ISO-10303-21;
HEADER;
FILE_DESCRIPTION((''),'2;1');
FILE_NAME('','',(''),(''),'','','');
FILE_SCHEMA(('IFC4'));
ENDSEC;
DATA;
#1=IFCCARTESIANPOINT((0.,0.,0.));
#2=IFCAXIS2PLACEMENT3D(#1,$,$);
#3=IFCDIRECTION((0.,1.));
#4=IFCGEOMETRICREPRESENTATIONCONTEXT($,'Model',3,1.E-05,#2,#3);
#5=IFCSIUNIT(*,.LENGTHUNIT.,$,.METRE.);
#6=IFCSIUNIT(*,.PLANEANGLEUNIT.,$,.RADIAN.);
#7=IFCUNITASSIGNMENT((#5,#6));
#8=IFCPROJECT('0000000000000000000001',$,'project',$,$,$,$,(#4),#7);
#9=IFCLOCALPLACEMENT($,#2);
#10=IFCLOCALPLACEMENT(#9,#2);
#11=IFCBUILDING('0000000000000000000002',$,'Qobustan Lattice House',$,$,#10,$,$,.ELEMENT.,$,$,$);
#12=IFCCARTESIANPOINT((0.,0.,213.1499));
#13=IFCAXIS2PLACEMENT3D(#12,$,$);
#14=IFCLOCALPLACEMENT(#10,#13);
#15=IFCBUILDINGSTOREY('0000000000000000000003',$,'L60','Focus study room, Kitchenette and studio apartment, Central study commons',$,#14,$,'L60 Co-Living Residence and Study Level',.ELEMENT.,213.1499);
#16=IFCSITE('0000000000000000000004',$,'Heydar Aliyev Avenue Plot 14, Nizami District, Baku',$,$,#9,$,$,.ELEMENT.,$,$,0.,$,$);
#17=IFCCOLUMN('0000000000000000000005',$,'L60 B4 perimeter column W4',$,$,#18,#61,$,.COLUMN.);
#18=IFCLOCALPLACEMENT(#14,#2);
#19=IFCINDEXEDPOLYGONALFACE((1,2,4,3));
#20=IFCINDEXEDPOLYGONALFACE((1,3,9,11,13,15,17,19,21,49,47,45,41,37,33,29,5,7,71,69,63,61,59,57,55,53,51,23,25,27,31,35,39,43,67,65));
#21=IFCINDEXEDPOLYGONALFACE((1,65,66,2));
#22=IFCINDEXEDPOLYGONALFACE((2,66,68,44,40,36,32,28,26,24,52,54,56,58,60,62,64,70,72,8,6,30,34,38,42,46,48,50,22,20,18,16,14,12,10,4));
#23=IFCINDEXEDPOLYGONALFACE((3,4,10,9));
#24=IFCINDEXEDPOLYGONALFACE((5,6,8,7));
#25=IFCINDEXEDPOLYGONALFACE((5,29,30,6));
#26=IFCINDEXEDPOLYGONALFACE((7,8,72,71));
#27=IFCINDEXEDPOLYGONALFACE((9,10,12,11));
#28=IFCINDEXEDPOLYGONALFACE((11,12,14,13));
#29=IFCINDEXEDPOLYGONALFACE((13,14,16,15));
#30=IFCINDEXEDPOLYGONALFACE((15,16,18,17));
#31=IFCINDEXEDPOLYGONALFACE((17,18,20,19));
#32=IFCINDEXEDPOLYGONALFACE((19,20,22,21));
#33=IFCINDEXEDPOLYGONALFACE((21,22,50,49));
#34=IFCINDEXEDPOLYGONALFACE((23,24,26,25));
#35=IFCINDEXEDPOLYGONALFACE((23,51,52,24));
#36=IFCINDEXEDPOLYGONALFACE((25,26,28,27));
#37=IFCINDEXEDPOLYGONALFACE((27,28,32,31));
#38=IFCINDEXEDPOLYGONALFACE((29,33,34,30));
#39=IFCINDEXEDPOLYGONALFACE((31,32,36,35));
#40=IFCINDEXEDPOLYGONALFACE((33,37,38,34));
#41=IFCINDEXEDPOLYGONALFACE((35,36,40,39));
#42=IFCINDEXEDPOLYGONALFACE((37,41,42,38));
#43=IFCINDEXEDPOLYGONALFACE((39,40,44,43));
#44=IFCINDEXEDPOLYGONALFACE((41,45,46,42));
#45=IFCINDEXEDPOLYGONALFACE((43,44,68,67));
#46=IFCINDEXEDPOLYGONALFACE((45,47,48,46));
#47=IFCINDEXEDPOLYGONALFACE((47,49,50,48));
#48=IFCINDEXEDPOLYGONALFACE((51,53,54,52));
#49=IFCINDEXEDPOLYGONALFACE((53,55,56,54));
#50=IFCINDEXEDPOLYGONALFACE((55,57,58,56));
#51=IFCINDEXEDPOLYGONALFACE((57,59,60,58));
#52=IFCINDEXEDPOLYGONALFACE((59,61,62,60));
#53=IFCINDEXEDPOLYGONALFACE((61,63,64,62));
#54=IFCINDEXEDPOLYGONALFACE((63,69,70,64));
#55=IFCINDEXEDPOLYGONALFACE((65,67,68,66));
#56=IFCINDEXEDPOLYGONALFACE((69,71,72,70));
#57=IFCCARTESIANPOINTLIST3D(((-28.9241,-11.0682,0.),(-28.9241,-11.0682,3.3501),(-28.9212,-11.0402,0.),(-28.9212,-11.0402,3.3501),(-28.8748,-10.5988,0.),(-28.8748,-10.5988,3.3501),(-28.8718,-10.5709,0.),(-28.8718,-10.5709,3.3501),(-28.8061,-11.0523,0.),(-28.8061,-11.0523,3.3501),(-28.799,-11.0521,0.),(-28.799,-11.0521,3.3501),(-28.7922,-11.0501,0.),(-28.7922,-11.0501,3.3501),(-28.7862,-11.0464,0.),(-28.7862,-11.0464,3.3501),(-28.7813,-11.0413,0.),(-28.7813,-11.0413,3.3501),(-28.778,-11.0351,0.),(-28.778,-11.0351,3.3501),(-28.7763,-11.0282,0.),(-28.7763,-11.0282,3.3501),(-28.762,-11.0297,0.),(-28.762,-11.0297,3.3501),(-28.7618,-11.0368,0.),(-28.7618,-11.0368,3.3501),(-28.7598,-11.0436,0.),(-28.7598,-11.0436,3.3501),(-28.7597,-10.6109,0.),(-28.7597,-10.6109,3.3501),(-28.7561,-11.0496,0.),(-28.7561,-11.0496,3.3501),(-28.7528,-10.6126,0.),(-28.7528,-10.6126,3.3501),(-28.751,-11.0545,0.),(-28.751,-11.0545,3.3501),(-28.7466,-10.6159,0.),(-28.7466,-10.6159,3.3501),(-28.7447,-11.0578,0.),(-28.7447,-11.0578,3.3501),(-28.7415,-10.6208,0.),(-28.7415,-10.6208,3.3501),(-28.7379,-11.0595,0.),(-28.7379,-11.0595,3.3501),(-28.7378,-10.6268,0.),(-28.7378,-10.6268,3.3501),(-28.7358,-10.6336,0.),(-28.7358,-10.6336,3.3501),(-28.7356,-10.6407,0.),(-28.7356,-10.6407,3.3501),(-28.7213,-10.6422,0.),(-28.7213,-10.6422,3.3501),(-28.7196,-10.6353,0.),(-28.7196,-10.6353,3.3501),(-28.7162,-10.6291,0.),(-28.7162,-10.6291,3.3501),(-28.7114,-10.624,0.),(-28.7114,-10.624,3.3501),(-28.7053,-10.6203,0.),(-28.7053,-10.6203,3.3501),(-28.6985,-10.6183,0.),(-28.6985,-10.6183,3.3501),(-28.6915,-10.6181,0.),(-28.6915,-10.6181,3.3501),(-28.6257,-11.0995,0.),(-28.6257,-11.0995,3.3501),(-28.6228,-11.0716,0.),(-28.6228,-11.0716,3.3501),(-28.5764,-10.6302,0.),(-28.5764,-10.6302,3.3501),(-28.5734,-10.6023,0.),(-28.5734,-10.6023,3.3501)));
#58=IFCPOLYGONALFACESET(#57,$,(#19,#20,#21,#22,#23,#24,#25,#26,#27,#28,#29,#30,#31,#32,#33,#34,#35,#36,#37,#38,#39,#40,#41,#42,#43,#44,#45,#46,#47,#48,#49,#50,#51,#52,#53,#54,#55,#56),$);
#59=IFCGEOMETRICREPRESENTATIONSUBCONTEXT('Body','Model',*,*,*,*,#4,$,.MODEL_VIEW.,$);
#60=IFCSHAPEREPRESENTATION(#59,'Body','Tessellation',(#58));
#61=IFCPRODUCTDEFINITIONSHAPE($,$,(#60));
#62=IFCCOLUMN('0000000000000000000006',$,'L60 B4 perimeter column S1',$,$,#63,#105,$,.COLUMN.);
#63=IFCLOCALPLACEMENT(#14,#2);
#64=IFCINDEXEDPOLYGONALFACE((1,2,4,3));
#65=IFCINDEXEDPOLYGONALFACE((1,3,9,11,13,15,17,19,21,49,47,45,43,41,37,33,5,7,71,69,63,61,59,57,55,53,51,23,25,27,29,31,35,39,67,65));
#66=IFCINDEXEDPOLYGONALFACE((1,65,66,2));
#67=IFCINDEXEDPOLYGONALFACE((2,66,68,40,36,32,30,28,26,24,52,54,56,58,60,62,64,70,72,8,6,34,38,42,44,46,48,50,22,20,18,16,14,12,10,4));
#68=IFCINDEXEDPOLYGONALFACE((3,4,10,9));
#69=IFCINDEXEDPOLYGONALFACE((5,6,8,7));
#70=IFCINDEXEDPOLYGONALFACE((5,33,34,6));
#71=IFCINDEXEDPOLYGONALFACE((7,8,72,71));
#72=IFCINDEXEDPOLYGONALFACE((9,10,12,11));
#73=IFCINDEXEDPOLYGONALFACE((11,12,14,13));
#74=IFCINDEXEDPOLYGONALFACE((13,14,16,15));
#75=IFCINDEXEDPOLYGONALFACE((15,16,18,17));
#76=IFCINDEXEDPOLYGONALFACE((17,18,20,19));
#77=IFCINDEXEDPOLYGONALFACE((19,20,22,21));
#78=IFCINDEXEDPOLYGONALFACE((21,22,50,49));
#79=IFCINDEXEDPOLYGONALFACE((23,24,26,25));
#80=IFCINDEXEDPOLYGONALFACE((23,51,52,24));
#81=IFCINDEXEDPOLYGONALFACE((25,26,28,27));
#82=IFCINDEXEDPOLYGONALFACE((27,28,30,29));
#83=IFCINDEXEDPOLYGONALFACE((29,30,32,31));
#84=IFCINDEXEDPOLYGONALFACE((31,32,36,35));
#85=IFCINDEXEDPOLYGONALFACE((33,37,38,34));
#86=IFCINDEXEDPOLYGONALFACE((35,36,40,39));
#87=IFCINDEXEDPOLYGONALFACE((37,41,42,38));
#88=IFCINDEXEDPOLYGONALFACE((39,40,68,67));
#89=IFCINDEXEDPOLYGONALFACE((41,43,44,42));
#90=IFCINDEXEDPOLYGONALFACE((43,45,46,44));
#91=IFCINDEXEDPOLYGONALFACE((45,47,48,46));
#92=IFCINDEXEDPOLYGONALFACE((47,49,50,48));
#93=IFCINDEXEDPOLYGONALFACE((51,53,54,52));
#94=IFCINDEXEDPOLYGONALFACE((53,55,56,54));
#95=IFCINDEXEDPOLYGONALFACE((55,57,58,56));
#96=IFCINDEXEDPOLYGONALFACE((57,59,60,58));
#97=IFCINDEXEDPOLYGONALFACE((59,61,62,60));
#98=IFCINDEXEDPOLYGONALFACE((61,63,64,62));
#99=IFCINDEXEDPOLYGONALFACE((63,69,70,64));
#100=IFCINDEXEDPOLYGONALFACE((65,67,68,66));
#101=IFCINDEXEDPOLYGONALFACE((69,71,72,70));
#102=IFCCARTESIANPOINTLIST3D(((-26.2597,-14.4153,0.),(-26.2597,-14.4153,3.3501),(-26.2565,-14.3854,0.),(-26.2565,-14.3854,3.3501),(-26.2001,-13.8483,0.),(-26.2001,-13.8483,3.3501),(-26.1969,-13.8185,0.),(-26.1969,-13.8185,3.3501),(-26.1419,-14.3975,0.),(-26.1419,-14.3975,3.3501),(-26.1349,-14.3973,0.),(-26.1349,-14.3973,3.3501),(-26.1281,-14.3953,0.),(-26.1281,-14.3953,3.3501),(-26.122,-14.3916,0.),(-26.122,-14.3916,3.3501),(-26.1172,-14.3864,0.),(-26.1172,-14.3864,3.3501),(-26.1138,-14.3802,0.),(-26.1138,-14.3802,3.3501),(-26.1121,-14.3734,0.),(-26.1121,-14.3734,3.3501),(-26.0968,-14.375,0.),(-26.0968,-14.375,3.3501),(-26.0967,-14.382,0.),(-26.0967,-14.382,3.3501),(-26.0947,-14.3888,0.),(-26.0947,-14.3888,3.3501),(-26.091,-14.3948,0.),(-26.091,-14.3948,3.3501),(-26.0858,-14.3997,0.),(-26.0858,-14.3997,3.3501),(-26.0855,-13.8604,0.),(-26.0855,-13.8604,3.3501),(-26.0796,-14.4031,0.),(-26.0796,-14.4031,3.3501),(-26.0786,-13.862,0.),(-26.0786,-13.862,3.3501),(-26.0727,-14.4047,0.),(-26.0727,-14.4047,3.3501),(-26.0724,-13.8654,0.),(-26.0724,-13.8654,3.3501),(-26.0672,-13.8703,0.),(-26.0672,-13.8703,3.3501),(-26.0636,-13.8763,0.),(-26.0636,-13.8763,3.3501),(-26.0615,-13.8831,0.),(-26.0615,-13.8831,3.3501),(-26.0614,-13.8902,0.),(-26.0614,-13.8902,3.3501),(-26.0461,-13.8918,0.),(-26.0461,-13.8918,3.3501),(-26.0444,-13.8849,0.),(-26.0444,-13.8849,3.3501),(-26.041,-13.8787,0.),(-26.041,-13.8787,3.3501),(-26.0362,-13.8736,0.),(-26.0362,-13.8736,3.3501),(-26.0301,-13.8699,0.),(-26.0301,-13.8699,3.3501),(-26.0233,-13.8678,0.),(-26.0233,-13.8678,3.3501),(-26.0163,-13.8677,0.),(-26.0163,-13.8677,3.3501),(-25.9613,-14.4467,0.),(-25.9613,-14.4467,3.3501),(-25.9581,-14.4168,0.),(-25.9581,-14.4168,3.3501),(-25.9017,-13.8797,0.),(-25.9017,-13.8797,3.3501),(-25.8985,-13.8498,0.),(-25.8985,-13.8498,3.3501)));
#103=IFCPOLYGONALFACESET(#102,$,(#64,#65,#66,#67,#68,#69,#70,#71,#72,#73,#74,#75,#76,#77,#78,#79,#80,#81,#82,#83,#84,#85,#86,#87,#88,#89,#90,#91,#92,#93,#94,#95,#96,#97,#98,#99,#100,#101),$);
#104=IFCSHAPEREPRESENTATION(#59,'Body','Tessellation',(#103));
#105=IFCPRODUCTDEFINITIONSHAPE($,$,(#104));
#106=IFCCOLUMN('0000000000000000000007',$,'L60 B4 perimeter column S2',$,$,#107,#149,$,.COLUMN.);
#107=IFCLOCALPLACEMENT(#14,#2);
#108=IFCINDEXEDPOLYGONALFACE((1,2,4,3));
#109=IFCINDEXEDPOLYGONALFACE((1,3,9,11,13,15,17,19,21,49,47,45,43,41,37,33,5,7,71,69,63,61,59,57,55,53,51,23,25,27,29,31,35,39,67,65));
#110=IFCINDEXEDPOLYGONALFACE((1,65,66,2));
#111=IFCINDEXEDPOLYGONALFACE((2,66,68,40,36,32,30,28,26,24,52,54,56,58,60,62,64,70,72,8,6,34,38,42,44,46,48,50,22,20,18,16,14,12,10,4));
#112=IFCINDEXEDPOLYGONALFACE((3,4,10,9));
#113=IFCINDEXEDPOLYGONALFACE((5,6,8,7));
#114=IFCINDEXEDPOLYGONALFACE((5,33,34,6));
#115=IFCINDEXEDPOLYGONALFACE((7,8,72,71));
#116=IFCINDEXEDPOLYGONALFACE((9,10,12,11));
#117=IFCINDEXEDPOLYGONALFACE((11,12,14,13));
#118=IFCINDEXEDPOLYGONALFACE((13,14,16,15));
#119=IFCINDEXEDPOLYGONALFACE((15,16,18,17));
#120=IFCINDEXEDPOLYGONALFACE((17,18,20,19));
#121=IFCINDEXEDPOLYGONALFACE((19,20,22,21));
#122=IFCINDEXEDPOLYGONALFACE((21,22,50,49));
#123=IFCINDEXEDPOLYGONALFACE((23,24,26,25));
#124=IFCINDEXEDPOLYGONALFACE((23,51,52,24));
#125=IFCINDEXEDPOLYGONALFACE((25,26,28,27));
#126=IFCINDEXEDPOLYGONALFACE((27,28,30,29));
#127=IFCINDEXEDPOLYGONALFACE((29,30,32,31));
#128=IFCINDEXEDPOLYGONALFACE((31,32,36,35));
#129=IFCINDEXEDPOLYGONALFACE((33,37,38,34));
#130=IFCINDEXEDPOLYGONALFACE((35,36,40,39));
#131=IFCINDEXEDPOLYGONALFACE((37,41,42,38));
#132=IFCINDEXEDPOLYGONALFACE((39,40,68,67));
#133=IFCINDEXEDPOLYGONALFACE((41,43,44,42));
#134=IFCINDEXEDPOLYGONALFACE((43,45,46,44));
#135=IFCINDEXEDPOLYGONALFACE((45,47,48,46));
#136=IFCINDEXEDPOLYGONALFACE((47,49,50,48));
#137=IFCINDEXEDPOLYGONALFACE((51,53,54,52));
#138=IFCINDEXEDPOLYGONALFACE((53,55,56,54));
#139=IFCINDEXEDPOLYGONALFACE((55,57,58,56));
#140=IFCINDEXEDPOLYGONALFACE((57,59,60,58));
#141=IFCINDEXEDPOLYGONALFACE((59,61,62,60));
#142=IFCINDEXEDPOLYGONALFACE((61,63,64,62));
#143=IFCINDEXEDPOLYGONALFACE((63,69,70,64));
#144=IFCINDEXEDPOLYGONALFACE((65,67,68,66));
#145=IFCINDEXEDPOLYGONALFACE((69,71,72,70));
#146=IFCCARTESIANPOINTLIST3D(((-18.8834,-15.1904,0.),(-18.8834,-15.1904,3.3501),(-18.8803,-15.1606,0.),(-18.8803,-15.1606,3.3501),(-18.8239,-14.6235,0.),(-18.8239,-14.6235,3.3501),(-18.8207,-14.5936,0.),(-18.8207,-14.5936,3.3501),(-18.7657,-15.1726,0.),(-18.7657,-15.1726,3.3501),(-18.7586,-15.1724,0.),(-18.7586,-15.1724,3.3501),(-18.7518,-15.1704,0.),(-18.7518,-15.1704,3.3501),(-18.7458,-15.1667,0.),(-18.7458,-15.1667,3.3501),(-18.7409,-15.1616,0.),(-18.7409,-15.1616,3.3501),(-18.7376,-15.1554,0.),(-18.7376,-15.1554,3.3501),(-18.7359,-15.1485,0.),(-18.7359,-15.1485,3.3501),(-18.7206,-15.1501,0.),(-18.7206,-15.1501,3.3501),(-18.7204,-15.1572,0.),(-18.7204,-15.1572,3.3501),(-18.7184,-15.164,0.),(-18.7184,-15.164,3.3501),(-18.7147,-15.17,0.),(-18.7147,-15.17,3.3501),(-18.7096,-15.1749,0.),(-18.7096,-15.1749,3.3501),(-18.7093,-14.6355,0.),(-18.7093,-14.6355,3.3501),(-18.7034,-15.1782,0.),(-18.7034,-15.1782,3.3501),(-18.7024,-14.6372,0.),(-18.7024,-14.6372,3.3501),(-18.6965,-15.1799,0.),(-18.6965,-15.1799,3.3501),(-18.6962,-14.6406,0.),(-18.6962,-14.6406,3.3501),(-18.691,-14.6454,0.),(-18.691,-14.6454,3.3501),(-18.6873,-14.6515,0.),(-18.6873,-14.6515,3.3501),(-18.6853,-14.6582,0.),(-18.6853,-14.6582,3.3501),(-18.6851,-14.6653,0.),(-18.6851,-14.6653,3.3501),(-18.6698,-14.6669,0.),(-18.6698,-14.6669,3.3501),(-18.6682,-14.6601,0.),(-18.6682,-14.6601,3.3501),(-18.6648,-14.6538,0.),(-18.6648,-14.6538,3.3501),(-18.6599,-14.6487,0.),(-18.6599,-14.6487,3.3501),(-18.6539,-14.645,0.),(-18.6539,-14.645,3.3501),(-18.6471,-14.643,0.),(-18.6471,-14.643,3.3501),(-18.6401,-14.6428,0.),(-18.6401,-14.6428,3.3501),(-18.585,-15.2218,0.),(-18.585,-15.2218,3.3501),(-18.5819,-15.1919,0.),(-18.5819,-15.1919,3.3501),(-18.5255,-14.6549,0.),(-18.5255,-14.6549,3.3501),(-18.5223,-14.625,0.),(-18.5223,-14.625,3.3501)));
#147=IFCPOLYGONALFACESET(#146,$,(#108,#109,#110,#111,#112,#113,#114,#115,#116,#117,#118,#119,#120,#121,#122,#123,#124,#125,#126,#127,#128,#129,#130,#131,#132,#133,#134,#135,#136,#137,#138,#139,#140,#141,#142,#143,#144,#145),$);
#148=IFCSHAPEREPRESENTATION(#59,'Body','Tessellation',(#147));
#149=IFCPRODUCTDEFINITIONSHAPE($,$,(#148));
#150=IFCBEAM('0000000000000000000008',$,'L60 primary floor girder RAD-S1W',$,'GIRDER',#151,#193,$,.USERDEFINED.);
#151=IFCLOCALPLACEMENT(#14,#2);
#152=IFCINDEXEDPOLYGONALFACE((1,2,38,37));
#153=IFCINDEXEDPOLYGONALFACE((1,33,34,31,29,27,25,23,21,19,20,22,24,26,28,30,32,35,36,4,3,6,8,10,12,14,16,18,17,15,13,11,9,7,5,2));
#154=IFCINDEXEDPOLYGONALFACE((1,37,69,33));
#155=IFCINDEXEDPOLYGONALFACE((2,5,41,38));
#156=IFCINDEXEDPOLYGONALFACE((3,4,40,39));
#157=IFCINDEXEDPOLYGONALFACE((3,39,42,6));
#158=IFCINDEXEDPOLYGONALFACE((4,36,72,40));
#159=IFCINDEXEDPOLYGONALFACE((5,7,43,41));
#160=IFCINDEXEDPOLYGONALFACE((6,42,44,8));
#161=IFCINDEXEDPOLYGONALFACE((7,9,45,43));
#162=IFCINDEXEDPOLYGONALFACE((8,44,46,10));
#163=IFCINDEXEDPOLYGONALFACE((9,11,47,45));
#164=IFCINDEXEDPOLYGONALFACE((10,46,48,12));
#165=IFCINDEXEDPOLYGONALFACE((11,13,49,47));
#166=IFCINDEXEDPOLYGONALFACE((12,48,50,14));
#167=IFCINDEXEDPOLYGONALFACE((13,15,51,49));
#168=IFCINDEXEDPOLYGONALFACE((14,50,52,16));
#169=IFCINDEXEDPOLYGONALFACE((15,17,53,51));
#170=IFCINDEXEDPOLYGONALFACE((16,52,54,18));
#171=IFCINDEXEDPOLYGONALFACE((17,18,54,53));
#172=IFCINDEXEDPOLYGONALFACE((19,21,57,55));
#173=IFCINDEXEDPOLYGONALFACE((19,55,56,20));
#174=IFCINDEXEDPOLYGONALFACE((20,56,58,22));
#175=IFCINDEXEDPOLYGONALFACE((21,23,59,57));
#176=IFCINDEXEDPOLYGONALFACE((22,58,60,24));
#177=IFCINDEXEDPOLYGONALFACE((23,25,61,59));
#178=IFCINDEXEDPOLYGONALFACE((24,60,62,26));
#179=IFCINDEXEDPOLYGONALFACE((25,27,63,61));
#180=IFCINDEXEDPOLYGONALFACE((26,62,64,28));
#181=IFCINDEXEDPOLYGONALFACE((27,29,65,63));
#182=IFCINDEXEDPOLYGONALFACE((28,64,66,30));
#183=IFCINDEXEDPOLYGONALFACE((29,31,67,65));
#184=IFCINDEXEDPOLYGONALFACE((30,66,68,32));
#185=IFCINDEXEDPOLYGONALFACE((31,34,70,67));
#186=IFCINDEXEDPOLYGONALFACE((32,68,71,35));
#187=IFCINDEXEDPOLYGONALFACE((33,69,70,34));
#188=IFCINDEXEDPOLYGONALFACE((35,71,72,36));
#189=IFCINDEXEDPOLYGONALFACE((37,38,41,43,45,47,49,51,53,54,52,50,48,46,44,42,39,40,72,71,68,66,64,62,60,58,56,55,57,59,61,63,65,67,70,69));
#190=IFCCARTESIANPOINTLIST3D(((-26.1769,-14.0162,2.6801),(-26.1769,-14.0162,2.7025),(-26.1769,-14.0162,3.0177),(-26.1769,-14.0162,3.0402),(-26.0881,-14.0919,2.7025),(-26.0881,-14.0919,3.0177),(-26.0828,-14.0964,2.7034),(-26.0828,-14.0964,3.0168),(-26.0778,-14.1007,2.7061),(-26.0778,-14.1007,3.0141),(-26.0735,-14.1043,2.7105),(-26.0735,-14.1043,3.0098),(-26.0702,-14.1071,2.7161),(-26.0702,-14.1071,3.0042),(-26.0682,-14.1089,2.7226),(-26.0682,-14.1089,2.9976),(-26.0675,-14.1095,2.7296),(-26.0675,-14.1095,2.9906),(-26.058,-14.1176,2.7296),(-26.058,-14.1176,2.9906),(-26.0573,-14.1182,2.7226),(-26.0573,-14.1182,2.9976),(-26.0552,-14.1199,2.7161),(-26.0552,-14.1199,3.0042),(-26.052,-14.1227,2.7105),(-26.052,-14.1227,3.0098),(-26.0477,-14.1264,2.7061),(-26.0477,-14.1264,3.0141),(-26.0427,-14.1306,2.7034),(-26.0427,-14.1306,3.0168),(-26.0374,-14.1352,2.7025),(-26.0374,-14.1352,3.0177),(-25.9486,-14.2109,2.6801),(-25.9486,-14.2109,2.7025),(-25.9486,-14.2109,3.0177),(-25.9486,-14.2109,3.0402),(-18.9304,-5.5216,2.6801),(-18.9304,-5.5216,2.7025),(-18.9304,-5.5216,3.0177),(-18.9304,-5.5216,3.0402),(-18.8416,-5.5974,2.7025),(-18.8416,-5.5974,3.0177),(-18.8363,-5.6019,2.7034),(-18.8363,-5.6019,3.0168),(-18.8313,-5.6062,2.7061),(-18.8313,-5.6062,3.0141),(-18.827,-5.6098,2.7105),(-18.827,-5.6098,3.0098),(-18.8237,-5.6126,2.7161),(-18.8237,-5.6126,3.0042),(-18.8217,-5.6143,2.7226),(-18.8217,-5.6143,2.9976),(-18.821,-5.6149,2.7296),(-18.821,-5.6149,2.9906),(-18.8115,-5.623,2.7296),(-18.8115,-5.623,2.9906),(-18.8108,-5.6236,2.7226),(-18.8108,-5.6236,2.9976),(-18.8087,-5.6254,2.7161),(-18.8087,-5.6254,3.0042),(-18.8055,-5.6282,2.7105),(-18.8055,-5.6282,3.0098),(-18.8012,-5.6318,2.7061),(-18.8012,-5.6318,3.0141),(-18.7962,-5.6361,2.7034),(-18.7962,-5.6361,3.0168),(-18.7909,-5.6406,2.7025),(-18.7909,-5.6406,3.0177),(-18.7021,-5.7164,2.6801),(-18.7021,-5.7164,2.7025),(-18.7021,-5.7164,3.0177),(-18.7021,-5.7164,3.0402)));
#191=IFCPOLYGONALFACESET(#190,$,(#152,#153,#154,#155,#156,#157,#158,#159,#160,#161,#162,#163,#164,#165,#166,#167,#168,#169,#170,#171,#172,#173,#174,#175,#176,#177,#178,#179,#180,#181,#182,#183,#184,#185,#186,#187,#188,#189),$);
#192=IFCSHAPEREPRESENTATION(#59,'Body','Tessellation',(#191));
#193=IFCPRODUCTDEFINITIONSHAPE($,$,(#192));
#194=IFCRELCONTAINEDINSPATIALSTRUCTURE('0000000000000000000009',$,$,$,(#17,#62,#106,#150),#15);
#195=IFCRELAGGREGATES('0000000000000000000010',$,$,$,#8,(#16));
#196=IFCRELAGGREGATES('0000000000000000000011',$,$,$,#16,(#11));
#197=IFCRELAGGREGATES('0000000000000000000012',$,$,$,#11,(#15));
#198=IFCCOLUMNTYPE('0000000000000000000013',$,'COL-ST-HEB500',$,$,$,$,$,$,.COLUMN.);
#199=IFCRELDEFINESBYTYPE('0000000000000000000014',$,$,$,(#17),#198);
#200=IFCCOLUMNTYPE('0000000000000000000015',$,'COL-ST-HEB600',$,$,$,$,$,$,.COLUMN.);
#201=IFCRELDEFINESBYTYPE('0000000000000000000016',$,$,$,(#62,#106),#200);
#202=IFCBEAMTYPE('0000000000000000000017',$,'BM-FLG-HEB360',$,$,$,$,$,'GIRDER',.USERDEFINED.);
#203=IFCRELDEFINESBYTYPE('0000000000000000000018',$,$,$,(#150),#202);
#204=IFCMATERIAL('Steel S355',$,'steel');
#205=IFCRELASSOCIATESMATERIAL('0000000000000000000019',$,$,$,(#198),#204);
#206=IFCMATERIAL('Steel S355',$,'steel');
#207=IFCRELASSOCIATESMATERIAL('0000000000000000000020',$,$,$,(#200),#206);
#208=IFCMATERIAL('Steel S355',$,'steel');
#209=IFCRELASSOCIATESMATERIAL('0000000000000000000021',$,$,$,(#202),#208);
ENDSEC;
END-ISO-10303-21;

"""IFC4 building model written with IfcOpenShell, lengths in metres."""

from ifc_helpers import new_model, si_unit, direction, frame, origin, origin_2d, place, context, subcontext, project, spatial, i_section, extrude, material, material_profile, profile_set, type_object, element, save


model = new_model("IFC4")

# Units and contexts
model_context = context("Model", 3, precision=1e-05, world=origin(), true_north=direction((0.0, 1.0)))
body_context = subcontext(model_context, "Body", "Model", "MODEL_VIEW")
ifc_project = project(units=[si_unit("LENGTHUNIT", "METRE"), si_unit("PLANEANGLEUNIT", "RADIAN")], contexts=[model_context])

# Site, building, storey
site_placement = place(None, origin())
site = spatial("IfcSite", under=ifc_project, at=site_placement, Name="Heydar Aliyev Avenue Plot 14, Nizami District, Baku", CompositionType="ELEMENT", RefElevation=0.0)
building_placement = place(site_placement, origin())
building = spatial("IfcBuilding", under=site, at=building_placement, Name="Qobustan Lattice House", CompositionType="ELEMENT")
storey_placement = place(building_placement, frame((0.0, 0.0, 213.1499)))
storey = spatial("IfcBuildingStorey", under=building, at=storey_placement, Name="L60", Description="Focus study room, Kitchenette and studio apartment, Central study commons", LongName="L60 Co-Living Residence and Study Level", CompositionType="ELEMENT", Elevation=213.1499)

# Columns
ifc_material_1 = material(Name="Steel S355", Category="steel")
ifc_material_profile_1 = material_profile(ifc_material_1, i_section(OverallWidth=0.3, OverallDepth=0.5, WebThickness=0.0144, FlangeThickness=0.0281, FilletRadius=0.0271, at=origin_2d()), Name="HEB500")
ifc_profile_set_1 = profile_set([ifc_material_profile_1], Name="Steel S355")
column_type_1 = type_object("IfcColumnType", Name="COL-ST-HEB500", PredefinedType="COLUMN", material=ifc_profile_set_1)
column_placement = place(storey_placement, frame((-28.7488, -10.8352, 0.0), z_axis=(0.0, 0.0, 1.0), x_axis=(0.994522, -0.104528, 0.0)))
element("IfcColumn", 1, at=column_placement, inside=storey, type_object=column_type_1, Name="L60 B4 perimeter column W4", PredefinedType="COLUMN", context=body_context, shape_type="SweptSolid", body=[
    extrude(i_section(OverallWidth=0.3, OverallDepth=0.5, WebThickness=0.0144, FlangeThickness=0.0281, FilletRadius=0.0271, at=origin_2d()), origin(), (0.0, 0.0, 1.0), 3.3501),
])
ifc_material_2 = material(Name="Steel S355", Category="steel")
ifc_material_profile_2 = material_profile(ifc_material_2, i_section(OverallWidth=0.3, OverallDepth=0.6001, WebThickness=0.0154, FlangeThickness=0.03, FilletRadius=0.0271, at=origin_2d()), Name="HEB600")
ifc_profile_set_2 = profile_set([ifc_material_profile_2], Name="Steel S355")
column_type_2 = type_object("IfcColumnType", Name="COL-ST-HEB600", PredefinedType="COLUMN", material=ifc_profile_set_2)
for number, where, z_axis, x_axis, name in (
    (2, (-26.0791, -14.1326, 0.0), (0.0, 0.0, 1.0), (0.994522, -0.104528, 0.0), "L60 B4 perimeter column S1"),
    (3, (-18.7029, -14.9077, 0.0), (0.0, 0.0, 1.0), (0.994522, -0.104528, 0.0), "L60 B4 perimeter column S2"),
):
    element("IfcColumn", number, at=place(storey_placement, frame(where, z_axis=z_axis, x_axis=x_axis)), inside=storey, type_object=column_type_2, Name=name, PredefinedType="COLUMN", context=body_context, shape_type="SweptSolid", body=[
        extrude(i_section(OverallWidth=0.3, OverallDepth=0.6001, WebThickness=0.0154, FlangeThickness=0.03, FilletRadius=0.0271, at=origin_2d()), origin(), (0.0, 0.0, 1.0), 3.3501),
    ])

# Beam
ifc_material_3 = material(Name="Steel S355", Category="steel")
ifc_material_profile_3 = material_profile(ifc_material_3, i_section(OverallWidth=0.3, OverallDepth=0.3601, WebThickness=0.0125, FlangeThickness=0.0225, FilletRadius=0.0271, at=origin_2d()), Name="HEB360")
ifc_profile_set_3 = profile_set([ifc_material_profile_3], Name="Steel S355")
beam_type_1 = type_object("IfcBeamType", Name="BM-FLG-HEB360", ElementType="GIRDER", PredefinedType="USERDEFINED", material=ifc_profile_set_3)
beam_1_placement = place(storey_placement, frame((-26.0627, -14.1135, 2.8601), z_axis=(0.649007, 0.760783, 0.0), x_axis=(-0.760783, 0.649007, 0.0)))
element("IfcBeam", 4, at=beam_1_placement, inside=storey, type_object=beam_type_1, Name="L60 primary floor girder RAD-S1W", ObjectType="GIRDER", PredefinedType="USERDEFINED", context=body_context, shape_type="SweptSolid", body=[
    extrude(i_section(OverallWidth=0.3, OverallDepth=0.3601, WebThickness=0.0125, FlangeThickness=0.0225, FilletRadius=0.0271, at=origin_2d()), origin(), (0.0, 0.0, 1.0), 11.1655),
])

save(model, "model.ifc")
